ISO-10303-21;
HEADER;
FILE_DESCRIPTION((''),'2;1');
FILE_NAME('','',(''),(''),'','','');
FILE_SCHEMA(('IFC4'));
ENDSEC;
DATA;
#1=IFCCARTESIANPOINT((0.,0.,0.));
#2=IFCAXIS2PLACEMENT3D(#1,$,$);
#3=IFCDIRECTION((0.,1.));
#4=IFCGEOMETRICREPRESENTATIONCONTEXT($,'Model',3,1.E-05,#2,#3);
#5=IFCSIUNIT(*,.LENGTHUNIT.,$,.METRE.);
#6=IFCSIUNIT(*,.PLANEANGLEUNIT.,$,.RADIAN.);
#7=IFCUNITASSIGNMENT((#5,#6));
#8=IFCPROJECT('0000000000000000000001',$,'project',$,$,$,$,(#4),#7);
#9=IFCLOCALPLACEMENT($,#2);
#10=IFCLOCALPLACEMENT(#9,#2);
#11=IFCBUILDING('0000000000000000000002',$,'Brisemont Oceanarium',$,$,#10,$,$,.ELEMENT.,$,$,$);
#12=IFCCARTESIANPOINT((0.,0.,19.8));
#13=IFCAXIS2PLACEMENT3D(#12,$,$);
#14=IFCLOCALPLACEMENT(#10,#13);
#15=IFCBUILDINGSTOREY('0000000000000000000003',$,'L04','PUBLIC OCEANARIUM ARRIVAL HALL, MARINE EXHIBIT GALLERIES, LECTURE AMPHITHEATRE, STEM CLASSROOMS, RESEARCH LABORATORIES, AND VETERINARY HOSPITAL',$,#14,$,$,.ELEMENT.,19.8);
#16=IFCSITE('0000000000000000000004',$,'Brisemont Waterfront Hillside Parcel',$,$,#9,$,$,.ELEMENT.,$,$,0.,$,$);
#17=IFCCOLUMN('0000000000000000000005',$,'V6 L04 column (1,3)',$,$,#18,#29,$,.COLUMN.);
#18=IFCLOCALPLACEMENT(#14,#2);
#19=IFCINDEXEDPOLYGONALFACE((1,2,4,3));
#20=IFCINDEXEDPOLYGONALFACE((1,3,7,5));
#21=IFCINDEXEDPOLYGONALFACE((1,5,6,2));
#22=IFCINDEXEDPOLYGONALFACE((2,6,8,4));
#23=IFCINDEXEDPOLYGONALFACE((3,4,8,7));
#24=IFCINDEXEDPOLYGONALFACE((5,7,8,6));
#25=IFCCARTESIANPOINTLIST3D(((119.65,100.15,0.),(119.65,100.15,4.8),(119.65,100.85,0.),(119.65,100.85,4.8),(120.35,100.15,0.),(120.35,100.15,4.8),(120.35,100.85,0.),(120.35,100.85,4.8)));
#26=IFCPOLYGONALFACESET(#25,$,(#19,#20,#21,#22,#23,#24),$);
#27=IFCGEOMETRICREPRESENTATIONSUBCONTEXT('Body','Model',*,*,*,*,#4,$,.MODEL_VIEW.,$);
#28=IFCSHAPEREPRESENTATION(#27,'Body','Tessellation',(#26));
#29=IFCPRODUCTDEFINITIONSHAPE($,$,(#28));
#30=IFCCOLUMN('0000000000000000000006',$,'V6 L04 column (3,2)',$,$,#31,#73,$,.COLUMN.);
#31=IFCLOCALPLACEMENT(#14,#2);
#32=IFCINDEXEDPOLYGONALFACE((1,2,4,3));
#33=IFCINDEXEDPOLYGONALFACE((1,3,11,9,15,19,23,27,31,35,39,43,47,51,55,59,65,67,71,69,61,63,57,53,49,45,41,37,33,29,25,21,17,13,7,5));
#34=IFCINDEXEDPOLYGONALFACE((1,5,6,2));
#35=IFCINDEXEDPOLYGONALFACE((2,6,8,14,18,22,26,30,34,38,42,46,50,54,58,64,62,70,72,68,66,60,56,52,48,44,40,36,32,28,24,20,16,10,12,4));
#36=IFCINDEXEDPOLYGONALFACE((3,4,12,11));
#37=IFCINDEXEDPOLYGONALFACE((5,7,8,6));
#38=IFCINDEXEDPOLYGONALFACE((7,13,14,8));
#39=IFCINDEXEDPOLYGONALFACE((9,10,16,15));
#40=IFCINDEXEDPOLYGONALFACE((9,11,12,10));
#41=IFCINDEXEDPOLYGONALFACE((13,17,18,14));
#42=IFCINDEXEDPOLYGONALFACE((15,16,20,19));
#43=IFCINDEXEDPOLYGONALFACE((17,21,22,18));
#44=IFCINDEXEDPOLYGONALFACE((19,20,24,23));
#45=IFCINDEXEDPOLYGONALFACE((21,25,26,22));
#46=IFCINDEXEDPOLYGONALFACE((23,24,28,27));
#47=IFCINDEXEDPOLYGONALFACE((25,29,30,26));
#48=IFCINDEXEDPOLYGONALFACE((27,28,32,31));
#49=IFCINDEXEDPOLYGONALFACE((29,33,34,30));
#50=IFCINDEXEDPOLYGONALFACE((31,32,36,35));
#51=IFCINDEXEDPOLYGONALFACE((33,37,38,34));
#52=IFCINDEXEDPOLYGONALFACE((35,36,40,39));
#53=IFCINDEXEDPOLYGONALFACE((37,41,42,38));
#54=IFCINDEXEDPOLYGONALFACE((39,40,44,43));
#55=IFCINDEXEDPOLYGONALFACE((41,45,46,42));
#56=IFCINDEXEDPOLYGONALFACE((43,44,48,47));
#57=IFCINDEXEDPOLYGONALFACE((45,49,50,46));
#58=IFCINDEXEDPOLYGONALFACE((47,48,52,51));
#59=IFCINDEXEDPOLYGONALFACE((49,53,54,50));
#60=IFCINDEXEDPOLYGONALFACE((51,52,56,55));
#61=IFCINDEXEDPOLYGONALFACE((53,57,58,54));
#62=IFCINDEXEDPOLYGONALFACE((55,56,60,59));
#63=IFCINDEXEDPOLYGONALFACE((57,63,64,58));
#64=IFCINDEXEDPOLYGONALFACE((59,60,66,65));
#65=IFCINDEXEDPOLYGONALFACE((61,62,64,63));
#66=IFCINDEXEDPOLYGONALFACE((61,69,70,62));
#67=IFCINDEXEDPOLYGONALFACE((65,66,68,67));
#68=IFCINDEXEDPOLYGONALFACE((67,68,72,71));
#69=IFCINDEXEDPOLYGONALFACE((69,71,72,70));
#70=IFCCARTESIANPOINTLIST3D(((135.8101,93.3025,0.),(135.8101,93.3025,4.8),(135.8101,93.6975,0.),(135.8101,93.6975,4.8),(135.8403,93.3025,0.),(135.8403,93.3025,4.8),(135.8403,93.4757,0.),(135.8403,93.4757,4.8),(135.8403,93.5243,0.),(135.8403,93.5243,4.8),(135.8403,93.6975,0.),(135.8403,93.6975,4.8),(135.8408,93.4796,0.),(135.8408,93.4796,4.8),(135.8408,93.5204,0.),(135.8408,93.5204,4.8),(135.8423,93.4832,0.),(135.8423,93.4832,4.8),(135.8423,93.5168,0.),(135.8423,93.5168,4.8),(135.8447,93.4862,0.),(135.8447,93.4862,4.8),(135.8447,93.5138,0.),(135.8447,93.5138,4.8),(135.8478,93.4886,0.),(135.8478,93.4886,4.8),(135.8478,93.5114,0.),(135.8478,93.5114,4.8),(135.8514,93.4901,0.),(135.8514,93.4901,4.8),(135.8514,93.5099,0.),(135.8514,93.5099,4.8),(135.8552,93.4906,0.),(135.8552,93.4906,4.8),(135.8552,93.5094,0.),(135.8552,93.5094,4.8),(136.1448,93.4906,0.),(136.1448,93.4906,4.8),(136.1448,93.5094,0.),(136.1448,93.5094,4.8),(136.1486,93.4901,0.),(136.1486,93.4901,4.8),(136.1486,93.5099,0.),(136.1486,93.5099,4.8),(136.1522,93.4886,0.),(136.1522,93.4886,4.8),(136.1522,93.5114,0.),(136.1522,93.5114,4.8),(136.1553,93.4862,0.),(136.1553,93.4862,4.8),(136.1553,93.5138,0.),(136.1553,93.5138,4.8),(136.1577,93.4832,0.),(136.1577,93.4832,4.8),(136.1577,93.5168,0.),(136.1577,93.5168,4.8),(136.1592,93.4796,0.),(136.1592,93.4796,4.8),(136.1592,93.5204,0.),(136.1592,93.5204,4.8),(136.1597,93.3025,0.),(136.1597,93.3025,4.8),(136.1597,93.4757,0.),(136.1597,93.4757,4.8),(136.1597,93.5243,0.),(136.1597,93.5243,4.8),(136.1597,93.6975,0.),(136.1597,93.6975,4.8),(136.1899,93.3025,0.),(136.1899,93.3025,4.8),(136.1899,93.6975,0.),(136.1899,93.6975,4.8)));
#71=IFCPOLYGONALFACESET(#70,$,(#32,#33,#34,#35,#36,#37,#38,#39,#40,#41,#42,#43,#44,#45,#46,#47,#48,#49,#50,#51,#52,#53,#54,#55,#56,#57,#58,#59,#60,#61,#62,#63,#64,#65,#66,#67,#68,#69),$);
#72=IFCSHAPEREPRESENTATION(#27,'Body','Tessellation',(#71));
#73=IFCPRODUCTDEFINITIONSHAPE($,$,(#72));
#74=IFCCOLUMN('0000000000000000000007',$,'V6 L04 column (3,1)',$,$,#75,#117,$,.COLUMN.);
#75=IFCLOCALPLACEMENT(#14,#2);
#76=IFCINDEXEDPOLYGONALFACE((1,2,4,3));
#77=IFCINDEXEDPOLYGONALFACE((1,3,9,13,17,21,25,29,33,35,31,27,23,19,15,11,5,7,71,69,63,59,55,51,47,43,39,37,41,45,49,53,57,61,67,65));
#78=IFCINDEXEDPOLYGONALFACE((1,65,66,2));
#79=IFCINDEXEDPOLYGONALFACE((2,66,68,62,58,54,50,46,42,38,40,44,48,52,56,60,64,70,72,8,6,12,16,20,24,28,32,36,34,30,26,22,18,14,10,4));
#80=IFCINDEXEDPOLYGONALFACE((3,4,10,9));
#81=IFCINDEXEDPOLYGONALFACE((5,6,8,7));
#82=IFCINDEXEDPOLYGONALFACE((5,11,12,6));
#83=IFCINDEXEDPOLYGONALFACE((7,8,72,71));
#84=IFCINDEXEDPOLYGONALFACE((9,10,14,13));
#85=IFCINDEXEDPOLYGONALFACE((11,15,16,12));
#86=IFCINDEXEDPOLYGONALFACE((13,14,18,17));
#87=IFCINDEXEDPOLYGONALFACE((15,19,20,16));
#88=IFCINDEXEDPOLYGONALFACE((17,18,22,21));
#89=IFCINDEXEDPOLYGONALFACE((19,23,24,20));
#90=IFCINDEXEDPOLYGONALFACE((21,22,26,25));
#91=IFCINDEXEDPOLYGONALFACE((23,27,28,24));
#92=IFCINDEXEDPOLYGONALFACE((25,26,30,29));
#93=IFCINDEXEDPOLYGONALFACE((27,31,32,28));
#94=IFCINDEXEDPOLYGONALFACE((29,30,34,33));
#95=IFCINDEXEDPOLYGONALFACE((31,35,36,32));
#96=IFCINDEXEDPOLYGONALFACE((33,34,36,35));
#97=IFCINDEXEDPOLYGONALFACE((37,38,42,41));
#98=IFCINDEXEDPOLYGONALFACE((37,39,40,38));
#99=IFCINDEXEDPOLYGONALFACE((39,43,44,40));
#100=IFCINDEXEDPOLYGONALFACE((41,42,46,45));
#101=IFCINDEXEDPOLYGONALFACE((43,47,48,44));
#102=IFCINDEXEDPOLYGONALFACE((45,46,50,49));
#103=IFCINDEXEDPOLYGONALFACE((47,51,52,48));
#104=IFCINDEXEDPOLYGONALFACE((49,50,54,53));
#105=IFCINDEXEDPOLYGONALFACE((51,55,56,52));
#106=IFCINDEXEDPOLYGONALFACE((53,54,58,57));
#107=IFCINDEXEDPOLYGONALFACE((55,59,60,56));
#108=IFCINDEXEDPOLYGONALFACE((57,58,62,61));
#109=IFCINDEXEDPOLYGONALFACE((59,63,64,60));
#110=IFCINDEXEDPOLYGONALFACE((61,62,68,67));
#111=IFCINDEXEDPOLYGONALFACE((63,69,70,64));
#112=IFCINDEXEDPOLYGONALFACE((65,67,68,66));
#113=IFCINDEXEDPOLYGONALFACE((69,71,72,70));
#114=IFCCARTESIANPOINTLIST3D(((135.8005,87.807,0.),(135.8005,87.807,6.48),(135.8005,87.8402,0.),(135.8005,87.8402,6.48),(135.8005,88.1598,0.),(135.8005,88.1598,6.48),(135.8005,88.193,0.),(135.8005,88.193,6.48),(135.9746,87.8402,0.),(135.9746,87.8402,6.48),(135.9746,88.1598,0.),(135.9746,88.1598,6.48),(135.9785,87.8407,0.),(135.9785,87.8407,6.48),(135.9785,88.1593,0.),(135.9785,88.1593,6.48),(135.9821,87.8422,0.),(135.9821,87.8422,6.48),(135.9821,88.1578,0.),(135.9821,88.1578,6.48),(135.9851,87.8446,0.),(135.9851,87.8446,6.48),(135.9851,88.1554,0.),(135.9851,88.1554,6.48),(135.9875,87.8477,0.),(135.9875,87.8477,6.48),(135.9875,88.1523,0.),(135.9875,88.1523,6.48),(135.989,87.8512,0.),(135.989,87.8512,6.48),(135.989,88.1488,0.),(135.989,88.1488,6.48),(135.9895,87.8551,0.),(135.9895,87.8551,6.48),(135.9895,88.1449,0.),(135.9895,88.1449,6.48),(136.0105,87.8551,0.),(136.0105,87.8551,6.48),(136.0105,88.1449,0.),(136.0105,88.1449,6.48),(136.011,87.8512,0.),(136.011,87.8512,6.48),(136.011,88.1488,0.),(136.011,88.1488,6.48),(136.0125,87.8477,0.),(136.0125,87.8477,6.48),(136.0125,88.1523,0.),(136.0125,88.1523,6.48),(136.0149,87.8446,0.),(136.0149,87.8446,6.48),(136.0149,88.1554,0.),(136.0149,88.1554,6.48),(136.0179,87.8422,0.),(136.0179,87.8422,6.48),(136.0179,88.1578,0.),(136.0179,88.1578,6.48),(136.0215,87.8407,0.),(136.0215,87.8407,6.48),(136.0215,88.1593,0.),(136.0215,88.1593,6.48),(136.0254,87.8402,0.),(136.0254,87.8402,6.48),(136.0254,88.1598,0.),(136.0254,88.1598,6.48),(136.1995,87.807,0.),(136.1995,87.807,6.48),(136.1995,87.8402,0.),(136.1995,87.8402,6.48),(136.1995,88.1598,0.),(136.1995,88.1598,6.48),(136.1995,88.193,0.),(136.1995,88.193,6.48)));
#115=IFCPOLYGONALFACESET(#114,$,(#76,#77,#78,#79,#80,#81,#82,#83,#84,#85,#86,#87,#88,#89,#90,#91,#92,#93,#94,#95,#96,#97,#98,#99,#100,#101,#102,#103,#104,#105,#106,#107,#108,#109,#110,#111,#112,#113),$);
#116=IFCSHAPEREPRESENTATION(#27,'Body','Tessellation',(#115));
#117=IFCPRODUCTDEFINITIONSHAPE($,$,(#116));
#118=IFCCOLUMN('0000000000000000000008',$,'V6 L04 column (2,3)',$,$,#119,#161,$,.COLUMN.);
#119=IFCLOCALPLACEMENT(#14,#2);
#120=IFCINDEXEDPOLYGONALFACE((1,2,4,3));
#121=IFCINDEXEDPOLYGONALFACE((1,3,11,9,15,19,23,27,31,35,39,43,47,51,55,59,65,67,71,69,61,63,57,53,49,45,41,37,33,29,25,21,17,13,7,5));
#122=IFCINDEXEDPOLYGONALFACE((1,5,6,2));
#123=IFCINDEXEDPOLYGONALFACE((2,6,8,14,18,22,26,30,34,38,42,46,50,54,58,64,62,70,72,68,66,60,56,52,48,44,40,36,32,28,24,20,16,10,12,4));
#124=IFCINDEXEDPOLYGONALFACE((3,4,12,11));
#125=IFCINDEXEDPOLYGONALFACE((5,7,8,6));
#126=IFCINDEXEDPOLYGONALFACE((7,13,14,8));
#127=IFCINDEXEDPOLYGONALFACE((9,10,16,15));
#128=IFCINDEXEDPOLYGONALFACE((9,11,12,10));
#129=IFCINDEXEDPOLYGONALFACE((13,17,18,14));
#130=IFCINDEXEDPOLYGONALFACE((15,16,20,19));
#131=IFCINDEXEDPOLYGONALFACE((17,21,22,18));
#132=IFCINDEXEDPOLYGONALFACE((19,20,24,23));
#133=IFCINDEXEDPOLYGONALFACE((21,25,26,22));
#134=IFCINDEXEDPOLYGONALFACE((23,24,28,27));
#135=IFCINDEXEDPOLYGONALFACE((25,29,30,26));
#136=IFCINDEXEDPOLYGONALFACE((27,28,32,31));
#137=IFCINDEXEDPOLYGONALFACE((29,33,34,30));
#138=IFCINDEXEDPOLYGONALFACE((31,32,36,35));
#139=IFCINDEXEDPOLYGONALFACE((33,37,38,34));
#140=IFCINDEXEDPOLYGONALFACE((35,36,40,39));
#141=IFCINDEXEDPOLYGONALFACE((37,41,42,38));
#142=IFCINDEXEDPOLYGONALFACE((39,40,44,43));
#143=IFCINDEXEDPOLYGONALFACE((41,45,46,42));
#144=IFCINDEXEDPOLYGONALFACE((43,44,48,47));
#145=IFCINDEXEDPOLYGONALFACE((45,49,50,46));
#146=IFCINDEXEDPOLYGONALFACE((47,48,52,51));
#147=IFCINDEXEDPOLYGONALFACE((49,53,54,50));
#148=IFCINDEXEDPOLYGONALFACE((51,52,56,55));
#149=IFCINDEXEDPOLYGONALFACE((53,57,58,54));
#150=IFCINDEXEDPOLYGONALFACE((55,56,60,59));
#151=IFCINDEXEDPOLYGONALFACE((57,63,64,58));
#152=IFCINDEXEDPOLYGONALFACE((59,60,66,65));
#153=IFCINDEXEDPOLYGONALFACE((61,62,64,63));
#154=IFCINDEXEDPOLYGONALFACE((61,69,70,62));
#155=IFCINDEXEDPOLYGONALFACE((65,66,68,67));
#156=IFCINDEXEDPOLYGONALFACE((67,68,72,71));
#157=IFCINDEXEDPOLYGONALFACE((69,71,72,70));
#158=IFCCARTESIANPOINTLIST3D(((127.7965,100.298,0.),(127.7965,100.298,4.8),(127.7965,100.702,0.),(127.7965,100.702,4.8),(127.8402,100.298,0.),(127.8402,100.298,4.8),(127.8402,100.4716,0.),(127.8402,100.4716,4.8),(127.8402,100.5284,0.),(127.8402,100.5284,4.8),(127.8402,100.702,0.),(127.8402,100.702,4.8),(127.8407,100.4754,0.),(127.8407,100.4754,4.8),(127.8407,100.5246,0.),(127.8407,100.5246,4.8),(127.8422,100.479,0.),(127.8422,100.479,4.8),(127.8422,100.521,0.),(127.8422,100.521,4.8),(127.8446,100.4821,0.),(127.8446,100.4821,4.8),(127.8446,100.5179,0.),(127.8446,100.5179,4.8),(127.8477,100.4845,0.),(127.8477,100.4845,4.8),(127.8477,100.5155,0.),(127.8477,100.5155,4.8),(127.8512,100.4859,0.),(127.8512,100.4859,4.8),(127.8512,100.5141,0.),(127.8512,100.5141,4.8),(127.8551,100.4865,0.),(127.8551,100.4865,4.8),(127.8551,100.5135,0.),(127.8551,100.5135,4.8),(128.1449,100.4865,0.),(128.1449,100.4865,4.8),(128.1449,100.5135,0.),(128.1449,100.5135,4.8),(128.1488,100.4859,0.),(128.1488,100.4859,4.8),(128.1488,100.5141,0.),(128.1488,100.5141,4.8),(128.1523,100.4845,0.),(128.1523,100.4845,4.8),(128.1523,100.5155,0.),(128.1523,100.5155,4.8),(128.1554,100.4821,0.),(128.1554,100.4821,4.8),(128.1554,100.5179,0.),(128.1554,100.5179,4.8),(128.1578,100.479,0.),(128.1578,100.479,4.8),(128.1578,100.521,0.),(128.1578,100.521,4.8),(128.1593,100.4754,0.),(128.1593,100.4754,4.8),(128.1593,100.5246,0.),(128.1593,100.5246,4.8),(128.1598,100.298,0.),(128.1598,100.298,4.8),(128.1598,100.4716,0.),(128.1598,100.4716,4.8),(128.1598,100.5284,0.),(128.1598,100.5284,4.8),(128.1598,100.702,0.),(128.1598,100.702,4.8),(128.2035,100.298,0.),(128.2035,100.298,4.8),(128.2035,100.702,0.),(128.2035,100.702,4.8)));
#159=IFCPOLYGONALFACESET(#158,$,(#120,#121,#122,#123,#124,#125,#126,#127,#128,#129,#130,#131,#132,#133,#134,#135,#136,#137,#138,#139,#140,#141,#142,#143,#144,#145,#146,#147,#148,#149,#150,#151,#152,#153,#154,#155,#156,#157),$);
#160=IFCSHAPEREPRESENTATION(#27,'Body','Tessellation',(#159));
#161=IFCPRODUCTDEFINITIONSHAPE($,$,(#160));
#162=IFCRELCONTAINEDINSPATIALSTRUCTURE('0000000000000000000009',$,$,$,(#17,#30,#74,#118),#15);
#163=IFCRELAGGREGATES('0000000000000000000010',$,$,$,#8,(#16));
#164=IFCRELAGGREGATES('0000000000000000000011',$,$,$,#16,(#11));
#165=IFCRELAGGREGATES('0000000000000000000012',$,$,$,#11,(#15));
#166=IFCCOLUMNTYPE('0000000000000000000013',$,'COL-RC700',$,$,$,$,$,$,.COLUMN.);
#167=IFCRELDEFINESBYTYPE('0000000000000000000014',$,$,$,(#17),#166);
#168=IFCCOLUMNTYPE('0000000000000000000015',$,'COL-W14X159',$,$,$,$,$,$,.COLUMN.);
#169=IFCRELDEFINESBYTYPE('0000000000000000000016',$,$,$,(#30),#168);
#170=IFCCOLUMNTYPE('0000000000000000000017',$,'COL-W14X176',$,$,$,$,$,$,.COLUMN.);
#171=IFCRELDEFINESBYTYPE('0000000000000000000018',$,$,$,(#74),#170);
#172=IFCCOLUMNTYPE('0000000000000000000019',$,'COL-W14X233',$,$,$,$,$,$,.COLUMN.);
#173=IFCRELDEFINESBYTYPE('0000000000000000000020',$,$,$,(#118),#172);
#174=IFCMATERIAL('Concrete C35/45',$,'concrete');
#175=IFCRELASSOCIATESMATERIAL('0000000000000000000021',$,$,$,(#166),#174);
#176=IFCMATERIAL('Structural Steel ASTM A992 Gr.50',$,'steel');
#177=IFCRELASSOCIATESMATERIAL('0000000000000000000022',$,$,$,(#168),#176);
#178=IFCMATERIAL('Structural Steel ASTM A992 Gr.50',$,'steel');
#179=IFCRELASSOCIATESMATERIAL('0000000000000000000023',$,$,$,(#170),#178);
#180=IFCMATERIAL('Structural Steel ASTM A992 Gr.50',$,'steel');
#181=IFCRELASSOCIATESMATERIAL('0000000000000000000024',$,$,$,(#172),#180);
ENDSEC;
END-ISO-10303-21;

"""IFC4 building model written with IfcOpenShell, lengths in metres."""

from ifc_helpers import new_model, si_unit, direction, frame, origin, origin_2d, place, context, subcontext, project, spatial, rectangle, i_section, extrude, material, material_profile, profile_set, type_object, element, save


model = new_model("IFC4")

# Units and contexts
model_context = context("Model", 3, precision=1e-05, world=origin(), true_north=direction((0.0, 1.0)))
body_context = subcontext(model_context, "Body", "Model", "MODEL_VIEW")
ifc_project = project(units=[si_unit("LENGTHUNIT", "METRE"), si_unit("PLANEANGLEUNIT", "RADIAN")], contexts=[model_context])

# Site, building, storey
site_placement = place(None, origin())
site = spatial("IfcSite", under=ifc_project, at=site_placement, Name="Brisemont Waterfront Hillside Parcel", CompositionType="ELEMENT", RefElevation=0.0)
building_placement = place(site_placement, origin())
building = spatial("IfcBuilding", under=site, at=building_placement, Name="Brisemont Oceanarium", CompositionType="ELEMENT")
storey_placement = place(building_placement, frame((0.0, 0.0, 19.8)))
storey = spatial("IfcBuildingStorey", under=building, at=storey_placement, Name="L04", Description="PUBLIC OCEANARIUM ARRIVAL HALL, MARINE EXHIBIT GALLERIES, LECTURE AMPHITHEATRE, STEM CLASSROOMS, RESEARCH LABORATORIES, AND VETERINARY HOSPITAL", CompositionType="ELEMENT", Elevation=19.8)

# Columns
ifc_material_1 = material(Name="Concrete C35/45", Category="concrete")
ifc_material_profile_1 = material_profile(ifc_material_1, rectangle(XDim=0.7, YDim=0.7, at=origin_2d()), Name="RC-COL-700X700")
ifc_profile_set_1 = profile_set([ifc_material_profile_1], Name="Concrete C35/45")
column_type_1 = type_object("IfcColumnType", Name="COL-RC700", PredefinedType="COLUMN", material=ifc_profile_set_1)
column_1_placement = place(storey_placement, frame((120.0, 100.5, 0.0), z_axis=(0.0, 0.0, 1.0), x_axis=(1.0, 0.0, 0.0)))
element("IfcColumn", 1, at=column_1_placement, inside=storey, type_object=column_type_1, Name="V6 L04 column (1,3)", PredefinedType="COLUMN", context=body_context, shape_type="SweptSolid", body=[
    extrude(rectangle(XDim=0.7, YDim=0.7, at=origin_2d()), origin(), (0.0, 0.0, 1.0), 4.8),
])
ifc_material_2 = material(Name="Structural Steel ASTM A992 Gr.50", Category="steel")
ifc_material_profile_2 = material_profile(ifc_material_2, i_section(OverallWidth=0.395, OverallDepth=0.3799, WebThickness=0.0188, FlangeThickness=0.0303, FilletRadius=0.0149, at=origin_2d()), Name="W14X159")
ifc_profile_set_2 = profile_set([ifc_material_profile_2], Name="Structural Steel ASTM A992 Gr.50")
column_type_2 = type_object("IfcColumnType", Name="COL-W14X159", PredefinedType="COLUMN", material=ifc_profile_set_2)
column_2_placement = place(storey_placement, frame((136.0, 93.5, 0.0), z_axis=(0.0, 0.0, 1.0), x_axis=(0.0, 1.0, 0.0)))
element("IfcColumn", 2, at=column_2_placement, inside=storey, type_object=column_type_2, Name="V6 L04 column (3,2)", PredefinedType="COLUMN", context=body_context, shape_type="SweptSolid", body=[
    extrude(i_section(OverallWidth=0.395, OverallDepth=0.3799, WebThickness=0.0188, FlangeThickness=0.0303, FilletRadius=0.0149, at=origin_2d()), origin(), (0.0, 0.0, 1.0), 4.8),
])
ifc_material_3 = material(Name="Structural Steel ASTM A992 Gr.50", Category="steel")
ifc_material_profile_3 = material_profile(ifc_material_3, i_section(OverallWidth=0.3989, OverallDepth=0.386, WebThickness=0.021, FlangeThickness=0.0332, FilletRadius=0.0149, at=origin_2d()), Name="W14X176")
ifc_profile_set_3 = profile_set([ifc_material_profile_3], Name="Structural Steel ASTM A992 Gr.50")
column_type_3 = type_object("IfcColumnType", Name="COL-W14X176", PredefinedType="COLUMN", material=ifc_profile_set_3)
column_3_placement = place(storey_placement, frame((136.0, 88.0, 0.0), z_axis=(0.0, 0.0, 1.0), x_axis=(1.0, 0.0, 0.0)))
element("IfcColumn", 3, at=column_3_placement, inside=storey, type_object=column_type_3, Name="V6 L04 column (3,1)", PredefinedType="COLUMN", context=body_context, shape_type="SweptSolid", body=[
    extrude(i_section(OverallWidth=0.3989, OverallDepth=0.386, WebThickness=0.021, FlangeThickness=0.0332, FilletRadius=0.0149, at=origin_2d()), origin(), (0.0, 0.0, 1.0), 6.48),
])
ifc_material_4 = material(Name="Structural Steel ASTM A992 Gr.50", Category="steel")
ifc_material_profile_4 = material_profile(ifc_material_4, i_section(OverallWidth=0.4041, OverallDepth=0.407, WebThickness=0.0271, FlangeThickness=0.0437, FilletRadius=0.0149, at=origin_2d()), Name="W14X233")
ifc_profile_set_4 = profile_set([ifc_material_profile_4], Name="Structural Steel ASTM A992 Gr.50")
column_type_4 = type_object("IfcColumnType", Name="COL-W14X233", PredefinedType="COLUMN", material=ifc_profile_set_4)
column_4_placement = place(storey_placement, frame((128.0, 100.5, 0.0), z_axis=(0.0, 0.0, 1.0), x_axis=(0.0, 1.0, 0.0)))
element("IfcColumn", 4, at=column_4_placement, inside=storey, type_object=column_type_4, Name="V6 L04 column (2,3)", PredefinedType="COLUMN", context=body_context, shape_type="SweptSolid", body=[
    extrude(i_section(OverallWidth=0.4041, OverallDepth=0.407, WebThickness=0.0271, FlangeThickness=0.0437, FilletRadius=0.0149, at=origin_2d()), origin(), (0.0, 0.0, 1.0), 4.8),
])

save(model, "model.ifc")
